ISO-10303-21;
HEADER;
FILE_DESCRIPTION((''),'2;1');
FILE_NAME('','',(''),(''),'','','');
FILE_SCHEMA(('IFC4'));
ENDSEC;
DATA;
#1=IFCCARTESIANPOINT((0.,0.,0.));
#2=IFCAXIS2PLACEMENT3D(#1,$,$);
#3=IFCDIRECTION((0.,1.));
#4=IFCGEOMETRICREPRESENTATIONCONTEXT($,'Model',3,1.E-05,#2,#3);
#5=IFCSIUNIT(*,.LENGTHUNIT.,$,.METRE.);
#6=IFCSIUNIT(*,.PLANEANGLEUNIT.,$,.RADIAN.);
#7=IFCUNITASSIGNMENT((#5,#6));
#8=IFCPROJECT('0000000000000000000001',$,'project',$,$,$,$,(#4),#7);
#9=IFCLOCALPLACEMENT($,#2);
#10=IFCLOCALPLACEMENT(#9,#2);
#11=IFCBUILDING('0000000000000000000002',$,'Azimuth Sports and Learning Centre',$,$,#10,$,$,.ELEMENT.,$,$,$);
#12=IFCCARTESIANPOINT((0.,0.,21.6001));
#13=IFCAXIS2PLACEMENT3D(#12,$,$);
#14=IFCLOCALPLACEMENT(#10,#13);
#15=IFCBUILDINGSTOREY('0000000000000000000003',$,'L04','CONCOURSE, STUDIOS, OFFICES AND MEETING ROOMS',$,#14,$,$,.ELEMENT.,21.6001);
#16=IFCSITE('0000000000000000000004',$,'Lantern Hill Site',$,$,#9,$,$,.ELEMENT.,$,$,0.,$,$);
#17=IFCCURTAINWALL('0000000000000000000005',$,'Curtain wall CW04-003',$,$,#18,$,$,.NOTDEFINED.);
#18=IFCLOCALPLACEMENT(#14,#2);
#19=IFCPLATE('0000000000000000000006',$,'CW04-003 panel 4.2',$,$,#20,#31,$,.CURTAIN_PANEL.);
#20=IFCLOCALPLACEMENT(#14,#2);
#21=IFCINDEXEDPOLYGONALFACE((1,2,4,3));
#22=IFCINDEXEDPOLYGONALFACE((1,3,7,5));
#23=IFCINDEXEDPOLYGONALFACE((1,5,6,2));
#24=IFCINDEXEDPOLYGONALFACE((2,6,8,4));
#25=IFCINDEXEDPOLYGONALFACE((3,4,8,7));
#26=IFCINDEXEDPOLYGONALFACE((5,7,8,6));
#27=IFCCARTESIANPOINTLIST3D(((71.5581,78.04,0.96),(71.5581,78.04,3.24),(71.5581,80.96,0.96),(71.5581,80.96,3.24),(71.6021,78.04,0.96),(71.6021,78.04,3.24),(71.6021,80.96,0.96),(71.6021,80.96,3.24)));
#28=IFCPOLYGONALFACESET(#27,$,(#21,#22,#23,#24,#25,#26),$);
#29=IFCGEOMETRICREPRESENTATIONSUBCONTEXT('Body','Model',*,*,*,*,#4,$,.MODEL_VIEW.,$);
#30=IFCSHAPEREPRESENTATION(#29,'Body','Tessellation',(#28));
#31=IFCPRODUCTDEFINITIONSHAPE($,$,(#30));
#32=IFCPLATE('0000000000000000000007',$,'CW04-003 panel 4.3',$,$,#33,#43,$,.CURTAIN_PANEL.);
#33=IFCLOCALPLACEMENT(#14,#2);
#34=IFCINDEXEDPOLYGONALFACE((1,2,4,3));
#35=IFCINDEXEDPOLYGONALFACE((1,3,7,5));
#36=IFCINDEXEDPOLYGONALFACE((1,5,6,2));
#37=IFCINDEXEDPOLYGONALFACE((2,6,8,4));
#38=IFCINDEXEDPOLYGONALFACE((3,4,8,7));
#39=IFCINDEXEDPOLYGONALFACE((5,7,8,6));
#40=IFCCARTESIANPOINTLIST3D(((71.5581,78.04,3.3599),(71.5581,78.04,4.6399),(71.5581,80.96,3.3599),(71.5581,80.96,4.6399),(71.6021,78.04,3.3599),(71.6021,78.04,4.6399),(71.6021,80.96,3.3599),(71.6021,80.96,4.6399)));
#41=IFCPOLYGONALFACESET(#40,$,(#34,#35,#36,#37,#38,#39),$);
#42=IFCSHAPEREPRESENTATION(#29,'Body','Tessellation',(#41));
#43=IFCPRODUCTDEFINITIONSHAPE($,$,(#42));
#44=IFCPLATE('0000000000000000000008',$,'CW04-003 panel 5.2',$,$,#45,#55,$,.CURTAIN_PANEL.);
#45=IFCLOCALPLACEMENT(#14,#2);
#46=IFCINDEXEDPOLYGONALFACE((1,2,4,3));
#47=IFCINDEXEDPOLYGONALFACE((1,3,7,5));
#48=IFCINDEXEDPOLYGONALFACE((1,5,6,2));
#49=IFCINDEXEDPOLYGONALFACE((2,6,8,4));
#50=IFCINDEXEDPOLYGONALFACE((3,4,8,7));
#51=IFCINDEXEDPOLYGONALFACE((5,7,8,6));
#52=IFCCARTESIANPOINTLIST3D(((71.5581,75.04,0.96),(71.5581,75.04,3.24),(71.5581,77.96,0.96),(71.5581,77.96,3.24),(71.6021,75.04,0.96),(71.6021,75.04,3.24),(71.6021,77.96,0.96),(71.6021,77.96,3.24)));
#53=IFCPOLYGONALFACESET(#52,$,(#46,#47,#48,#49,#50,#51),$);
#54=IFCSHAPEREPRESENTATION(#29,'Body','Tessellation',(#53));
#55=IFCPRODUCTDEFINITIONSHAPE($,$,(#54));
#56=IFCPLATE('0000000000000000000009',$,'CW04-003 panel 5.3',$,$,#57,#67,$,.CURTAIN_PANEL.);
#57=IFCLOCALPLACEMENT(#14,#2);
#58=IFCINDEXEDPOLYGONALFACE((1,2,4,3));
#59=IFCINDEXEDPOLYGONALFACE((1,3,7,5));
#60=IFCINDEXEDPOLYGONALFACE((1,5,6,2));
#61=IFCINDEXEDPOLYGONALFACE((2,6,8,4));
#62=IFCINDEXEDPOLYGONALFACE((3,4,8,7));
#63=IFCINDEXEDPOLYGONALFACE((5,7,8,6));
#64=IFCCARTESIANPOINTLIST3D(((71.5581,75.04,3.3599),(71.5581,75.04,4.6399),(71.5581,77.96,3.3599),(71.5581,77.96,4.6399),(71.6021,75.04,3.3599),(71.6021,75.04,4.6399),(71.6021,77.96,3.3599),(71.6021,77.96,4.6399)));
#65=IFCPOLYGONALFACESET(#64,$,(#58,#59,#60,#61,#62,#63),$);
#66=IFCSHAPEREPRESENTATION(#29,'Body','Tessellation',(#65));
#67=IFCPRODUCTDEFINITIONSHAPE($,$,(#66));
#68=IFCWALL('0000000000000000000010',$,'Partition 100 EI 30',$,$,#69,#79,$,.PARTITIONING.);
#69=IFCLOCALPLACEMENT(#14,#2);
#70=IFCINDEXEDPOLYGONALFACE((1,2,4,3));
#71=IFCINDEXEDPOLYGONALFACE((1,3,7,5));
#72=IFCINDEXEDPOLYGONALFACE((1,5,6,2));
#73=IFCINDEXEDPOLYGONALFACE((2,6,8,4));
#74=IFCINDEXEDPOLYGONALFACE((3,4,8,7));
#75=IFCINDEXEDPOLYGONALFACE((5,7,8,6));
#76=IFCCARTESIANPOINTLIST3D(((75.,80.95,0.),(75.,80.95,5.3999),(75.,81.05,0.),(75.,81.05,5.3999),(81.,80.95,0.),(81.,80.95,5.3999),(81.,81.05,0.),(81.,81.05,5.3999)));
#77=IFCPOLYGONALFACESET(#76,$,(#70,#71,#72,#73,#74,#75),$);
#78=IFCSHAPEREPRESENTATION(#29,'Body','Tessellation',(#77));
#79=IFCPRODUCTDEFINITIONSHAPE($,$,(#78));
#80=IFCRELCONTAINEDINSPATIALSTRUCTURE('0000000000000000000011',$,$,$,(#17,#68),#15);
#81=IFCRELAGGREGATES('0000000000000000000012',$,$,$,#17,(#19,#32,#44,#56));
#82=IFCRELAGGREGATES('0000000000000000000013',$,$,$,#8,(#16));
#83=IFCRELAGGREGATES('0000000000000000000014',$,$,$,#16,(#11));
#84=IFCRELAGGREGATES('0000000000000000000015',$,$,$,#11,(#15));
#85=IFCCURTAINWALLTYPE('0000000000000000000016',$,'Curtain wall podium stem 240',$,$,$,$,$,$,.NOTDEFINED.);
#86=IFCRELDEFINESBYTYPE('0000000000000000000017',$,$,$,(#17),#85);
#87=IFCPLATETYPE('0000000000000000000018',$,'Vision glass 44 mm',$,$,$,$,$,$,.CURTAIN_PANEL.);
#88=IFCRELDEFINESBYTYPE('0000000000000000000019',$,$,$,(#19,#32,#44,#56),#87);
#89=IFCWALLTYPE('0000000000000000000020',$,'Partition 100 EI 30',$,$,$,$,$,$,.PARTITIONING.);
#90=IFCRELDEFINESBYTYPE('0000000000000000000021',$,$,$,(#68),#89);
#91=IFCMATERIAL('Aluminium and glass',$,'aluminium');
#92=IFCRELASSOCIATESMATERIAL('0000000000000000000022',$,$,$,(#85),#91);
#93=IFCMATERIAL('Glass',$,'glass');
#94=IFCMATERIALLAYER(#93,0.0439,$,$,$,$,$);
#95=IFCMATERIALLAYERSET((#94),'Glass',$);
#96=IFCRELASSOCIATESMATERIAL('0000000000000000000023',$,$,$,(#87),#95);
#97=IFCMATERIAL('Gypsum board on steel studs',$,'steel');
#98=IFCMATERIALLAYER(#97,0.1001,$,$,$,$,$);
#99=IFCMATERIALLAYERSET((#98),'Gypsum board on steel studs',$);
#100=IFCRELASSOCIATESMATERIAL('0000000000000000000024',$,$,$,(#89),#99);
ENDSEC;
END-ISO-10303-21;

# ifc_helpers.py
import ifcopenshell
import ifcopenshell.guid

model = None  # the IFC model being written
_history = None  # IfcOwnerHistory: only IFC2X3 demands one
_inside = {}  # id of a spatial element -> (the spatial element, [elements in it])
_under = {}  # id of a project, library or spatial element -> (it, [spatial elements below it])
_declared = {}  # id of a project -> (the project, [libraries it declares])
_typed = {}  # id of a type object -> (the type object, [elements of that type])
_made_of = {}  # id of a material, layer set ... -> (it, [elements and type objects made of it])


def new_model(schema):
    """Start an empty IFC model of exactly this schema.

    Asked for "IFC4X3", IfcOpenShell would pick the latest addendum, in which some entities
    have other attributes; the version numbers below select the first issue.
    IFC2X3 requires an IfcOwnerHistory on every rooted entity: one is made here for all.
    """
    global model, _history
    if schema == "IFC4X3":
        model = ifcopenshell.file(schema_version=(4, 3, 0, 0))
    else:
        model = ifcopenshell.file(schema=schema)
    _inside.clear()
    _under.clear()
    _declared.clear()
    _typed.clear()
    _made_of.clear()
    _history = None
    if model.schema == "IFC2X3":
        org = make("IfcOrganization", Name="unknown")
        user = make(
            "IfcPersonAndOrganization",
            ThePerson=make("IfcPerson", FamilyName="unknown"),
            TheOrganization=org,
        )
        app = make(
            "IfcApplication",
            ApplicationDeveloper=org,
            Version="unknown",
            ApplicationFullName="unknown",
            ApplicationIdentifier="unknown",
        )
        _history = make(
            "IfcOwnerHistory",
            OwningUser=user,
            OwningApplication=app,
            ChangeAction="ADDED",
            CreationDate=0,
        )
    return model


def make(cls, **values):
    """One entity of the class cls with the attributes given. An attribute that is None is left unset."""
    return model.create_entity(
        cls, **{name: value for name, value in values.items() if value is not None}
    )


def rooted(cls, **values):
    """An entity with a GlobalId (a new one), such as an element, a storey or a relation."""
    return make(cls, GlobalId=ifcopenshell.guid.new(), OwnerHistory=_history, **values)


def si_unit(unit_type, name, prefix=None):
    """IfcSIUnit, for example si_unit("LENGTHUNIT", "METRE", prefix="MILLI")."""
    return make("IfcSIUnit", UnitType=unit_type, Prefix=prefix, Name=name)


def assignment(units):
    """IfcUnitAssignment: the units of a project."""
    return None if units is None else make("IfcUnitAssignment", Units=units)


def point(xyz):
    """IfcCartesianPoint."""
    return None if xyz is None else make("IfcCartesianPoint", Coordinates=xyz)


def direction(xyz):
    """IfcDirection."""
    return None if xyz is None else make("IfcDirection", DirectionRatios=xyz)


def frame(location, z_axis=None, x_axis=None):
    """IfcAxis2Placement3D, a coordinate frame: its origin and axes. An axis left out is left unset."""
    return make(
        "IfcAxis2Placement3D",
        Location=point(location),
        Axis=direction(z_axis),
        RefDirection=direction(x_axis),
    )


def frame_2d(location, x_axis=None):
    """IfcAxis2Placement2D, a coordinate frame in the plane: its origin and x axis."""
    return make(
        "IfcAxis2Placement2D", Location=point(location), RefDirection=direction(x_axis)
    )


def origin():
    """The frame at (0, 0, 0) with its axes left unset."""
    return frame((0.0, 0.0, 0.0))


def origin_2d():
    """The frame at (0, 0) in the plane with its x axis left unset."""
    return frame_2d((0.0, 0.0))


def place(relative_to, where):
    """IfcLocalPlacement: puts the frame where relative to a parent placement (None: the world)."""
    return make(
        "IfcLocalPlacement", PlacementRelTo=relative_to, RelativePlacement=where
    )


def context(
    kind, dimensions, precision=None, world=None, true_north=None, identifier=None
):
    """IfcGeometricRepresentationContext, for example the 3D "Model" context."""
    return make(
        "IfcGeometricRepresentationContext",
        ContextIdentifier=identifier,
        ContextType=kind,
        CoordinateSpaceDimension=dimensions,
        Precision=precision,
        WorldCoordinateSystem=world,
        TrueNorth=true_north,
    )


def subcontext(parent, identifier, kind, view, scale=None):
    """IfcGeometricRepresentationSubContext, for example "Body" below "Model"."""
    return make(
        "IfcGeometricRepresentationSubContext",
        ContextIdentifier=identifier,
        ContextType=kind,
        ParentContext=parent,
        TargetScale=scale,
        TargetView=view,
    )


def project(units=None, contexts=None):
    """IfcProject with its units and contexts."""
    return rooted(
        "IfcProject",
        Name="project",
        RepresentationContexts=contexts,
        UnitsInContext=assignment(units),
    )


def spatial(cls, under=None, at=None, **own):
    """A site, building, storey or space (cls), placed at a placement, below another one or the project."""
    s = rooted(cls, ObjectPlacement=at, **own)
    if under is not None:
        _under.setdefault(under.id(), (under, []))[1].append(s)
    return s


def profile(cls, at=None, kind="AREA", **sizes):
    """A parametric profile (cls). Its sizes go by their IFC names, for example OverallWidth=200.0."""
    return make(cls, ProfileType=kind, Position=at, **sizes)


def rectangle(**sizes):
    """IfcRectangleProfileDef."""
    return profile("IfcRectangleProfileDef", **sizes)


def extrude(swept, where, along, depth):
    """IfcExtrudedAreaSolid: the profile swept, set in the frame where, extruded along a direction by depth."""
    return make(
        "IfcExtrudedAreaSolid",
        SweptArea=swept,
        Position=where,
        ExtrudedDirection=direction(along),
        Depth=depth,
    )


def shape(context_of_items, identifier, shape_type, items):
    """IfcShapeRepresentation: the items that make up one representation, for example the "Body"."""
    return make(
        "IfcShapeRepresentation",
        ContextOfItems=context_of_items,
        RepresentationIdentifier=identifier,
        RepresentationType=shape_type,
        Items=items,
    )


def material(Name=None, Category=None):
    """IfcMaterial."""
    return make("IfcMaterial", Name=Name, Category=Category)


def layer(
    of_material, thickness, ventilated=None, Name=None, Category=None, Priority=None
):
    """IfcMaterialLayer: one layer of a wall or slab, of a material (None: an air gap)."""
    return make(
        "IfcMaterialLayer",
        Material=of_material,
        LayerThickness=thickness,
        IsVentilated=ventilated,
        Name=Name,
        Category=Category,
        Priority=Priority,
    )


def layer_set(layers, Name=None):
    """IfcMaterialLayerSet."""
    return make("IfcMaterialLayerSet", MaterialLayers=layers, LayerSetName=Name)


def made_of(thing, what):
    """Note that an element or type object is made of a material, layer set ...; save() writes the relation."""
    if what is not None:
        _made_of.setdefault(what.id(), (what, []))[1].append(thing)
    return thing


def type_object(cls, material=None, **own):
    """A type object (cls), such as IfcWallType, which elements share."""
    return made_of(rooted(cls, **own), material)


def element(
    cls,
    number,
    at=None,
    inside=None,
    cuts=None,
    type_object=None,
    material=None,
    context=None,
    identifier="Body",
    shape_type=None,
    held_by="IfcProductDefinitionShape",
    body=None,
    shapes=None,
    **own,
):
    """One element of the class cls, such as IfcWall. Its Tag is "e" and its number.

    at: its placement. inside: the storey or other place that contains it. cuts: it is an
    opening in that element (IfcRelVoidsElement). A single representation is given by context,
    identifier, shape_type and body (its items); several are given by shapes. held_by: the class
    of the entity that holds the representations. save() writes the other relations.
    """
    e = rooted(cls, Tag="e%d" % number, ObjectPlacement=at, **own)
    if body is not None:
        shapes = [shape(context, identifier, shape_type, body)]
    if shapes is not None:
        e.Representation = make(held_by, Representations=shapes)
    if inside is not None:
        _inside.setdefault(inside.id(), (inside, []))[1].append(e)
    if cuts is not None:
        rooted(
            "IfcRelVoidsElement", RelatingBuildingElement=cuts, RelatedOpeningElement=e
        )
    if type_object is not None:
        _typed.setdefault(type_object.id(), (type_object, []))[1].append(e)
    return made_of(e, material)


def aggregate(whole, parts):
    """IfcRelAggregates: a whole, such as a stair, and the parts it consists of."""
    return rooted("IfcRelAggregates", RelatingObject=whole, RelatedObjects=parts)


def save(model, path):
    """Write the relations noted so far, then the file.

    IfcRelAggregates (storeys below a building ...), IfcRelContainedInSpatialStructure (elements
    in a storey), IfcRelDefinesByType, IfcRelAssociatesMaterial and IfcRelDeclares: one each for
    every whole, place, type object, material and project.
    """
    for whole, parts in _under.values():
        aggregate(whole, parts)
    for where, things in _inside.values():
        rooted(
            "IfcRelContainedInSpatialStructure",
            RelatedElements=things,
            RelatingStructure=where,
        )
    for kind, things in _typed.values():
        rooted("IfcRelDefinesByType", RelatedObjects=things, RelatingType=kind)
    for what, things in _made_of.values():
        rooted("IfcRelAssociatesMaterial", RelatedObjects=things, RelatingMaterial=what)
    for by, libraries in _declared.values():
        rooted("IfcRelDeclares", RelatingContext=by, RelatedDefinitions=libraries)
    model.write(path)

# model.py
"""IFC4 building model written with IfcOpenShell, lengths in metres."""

from ifc_helpers import new_model, si_unit, direction, frame, frame_2d, origin, origin_2d, place, context, subcontext, project, spatial, rectangle, extrude, material, layer, layer_set, type_object, element, aggregate, save


model = new_model("IFC4")

# Units and contexts
model_context = context("Model", 3, precision=1e-05, world=origin(), true_north=direction((0.0, 1.0)))
body_context = subcontext(model_context, "Body", "Model", "MODEL_VIEW")
ifc_project = project(units=[si_unit("LENGTHUNIT", "METRE"), si_unit("PLANEANGLEUNIT", "RADIAN")], contexts=[model_context])

# Site, building, storey
site_placement = place(None, origin())
site = spatial("IfcSite", under=ifc_project, at=site_placement, Name="Lantern Hill Site", CompositionType="ELEMENT", RefElevation=0.0)
building_placement = place(site_placement, origin())
building = spatial("IfcBuilding", under=site, at=building_placement, Name="Azimuth Sports and Learning Centre", CompositionType="ELEMENT")
storey_placement = place(building_placement, frame((0.0, 0.0, 21.6001)))
storey = spatial("IfcBuildingStorey", under=building, at=storey_placement, Name="L04", Description="CONCOURSE, STUDIOS, OFFICES AND MEETING ROOMS", CompositionType="ELEMENT", Elevation=21.6001)

# Curtain wall, plates
ifc_material_1 = material(Name="Aluminium and glass", Category="aluminium")
curtain_wall_type = type_object("IfcCurtainWallType", Name="Curtain wall podium stem 240", PredefinedType="NOTDEFINED", material=ifc_material_1)
curtain_wall_placement = place(storey_placement, origin())
curtain_wall = element("IfcCurtainWall", 1, at=curtain_wall_placement, inside=storey, type_object=curtain_wall_type, Name="Curtain wall CW04-003", PredefinedType="NOTDEFINED")
ifc_material_2 = material(Name="Glass", Category="glass")
ifc_layer_1 = layer(ifc_material_2, 0.0439)
ifc_layer_set_1 = layer_set([ifc_layer_1], Name="Glass")
plate_type_1 = type_object("IfcPlateType", Name="Vision glass 44 mm", PredefinedType="CURTAIN_PANEL", material=ifc_layer_set_1)
plate_1_placement = place(storey_placement, frame((71.5801, 79.5, 0.96), z_axis=(0.0, 0.0, 1.0), x_axis=(0.0, -1.0, 0.0)))
plate_1 = element("IfcPlate", 2, at=plate_1_placement, type_object=plate_type_1, Name="CW04-003 panel 4.2", PredefinedType="CURTAIN_PANEL", context=body_context, shape_type="SweptSolid", body=[
    extrude(rectangle(XDim=2.9199, YDim=0.0439, at=origin_2d()), origin(), (0.0, 0.0, 1.0), 2.28),
])
plate_2_placement = place(storey_placement, frame((71.5801, 79.5, 3.3599), z_axis=(0.0, 0.0, 1.0), x_axis=(0.0, -1.0, 0.0)))
plate_2 = element("IfcPlate", 3, at=plate_2_placement, type_object=plate_type_1, Name="CW04-003 panel 4.3", PredefinedType="CURTAIN_PANEL", context=body_context, shape_type="SweptSolid", body=[
    extrude(rectangle(XDim=2.9199, YDim=0.0439, at=origin_2d()), origin(), (0.0, 0.0, 1.0), 1.28),
])
plate_3_placement = place(storey_placement, frame((71.5801, 76.5, 0.96), z_axis=(0.0, 0.0, 1.0), x_axis=(0.0, -1.0, 0.0)))
plate_3 = element("IfcPlate", 4, at=plate_3_placement, type_object=plate_type_1, Name="CW04-003 panel 5.2", PredefinedType="CURTAIN_PANEL", context=body_context, shape_type="SweptSolid", body=[
    extrude(rectangle(XDim=2.9199, YDim=0.0439, at=origin_2d()), origin(), (0.0, 0.0, 1.0), 2.28),
])
plate_4_placement = place(storey_placement, frame((71.5801, 76.5, 3.3599), z_axis=(0.0, 0.0, 1.0), x_axis=(0.0, -1.0, 0.0)))
plate_4 = element("IfcPlate", 5, at=plate_4_placement, type_object=plate_type_1, Name="CW04-003 panel 5.3", PredefinedType="CURTAIN_PANEL", context=body_context, shape_type="SweptSolid", body=[
    extrude(rectangle(XDim=2.9199, YDim=0.0439, at=origin_2d()), origin(), (0.0, 0.0, 1.0), 1.28),
])
aggregate(curtain_wall, [plate_1, plate_2, plate_3, plate_4])

# Wall
ifc_material_3 = material(Name="Gypsum board on steel studs", Category="steel")
ifc_layer_2 = layer(ifc_material_3, 0.1001)
ifc_layer_set_2 = layer_set([ifc_layer_2], Name="Gypsum board on steel studs")
wall_type = type_object("IfcWallType", Name="Partition 100 EI 30", PredefinedType="PARTITIONING", material=ifc_layer_set_2)
wall_placement = place(storey_placement, frame((75.0, 81.0, 0.0), z_axis=(0.0, 0.0, 1.0), x_axis=(1.0, 0.0, 0.0)))
element("IfcWall", 6, at=wall_placement, inside=storey, type_object=wall_type, Name="Partition 100 EI 30", PredefinedType="PARTITIONING", context=body_context, shape_type="SweptSolid", body=[
    extrude(rectangle(XDim=6.0, YDim=0.1001, at=frame_2d((3.0, 0.0))), origin(), (0.0, 0.0, 1.0), 5.3999),
])

save(model, "model.ifc")
